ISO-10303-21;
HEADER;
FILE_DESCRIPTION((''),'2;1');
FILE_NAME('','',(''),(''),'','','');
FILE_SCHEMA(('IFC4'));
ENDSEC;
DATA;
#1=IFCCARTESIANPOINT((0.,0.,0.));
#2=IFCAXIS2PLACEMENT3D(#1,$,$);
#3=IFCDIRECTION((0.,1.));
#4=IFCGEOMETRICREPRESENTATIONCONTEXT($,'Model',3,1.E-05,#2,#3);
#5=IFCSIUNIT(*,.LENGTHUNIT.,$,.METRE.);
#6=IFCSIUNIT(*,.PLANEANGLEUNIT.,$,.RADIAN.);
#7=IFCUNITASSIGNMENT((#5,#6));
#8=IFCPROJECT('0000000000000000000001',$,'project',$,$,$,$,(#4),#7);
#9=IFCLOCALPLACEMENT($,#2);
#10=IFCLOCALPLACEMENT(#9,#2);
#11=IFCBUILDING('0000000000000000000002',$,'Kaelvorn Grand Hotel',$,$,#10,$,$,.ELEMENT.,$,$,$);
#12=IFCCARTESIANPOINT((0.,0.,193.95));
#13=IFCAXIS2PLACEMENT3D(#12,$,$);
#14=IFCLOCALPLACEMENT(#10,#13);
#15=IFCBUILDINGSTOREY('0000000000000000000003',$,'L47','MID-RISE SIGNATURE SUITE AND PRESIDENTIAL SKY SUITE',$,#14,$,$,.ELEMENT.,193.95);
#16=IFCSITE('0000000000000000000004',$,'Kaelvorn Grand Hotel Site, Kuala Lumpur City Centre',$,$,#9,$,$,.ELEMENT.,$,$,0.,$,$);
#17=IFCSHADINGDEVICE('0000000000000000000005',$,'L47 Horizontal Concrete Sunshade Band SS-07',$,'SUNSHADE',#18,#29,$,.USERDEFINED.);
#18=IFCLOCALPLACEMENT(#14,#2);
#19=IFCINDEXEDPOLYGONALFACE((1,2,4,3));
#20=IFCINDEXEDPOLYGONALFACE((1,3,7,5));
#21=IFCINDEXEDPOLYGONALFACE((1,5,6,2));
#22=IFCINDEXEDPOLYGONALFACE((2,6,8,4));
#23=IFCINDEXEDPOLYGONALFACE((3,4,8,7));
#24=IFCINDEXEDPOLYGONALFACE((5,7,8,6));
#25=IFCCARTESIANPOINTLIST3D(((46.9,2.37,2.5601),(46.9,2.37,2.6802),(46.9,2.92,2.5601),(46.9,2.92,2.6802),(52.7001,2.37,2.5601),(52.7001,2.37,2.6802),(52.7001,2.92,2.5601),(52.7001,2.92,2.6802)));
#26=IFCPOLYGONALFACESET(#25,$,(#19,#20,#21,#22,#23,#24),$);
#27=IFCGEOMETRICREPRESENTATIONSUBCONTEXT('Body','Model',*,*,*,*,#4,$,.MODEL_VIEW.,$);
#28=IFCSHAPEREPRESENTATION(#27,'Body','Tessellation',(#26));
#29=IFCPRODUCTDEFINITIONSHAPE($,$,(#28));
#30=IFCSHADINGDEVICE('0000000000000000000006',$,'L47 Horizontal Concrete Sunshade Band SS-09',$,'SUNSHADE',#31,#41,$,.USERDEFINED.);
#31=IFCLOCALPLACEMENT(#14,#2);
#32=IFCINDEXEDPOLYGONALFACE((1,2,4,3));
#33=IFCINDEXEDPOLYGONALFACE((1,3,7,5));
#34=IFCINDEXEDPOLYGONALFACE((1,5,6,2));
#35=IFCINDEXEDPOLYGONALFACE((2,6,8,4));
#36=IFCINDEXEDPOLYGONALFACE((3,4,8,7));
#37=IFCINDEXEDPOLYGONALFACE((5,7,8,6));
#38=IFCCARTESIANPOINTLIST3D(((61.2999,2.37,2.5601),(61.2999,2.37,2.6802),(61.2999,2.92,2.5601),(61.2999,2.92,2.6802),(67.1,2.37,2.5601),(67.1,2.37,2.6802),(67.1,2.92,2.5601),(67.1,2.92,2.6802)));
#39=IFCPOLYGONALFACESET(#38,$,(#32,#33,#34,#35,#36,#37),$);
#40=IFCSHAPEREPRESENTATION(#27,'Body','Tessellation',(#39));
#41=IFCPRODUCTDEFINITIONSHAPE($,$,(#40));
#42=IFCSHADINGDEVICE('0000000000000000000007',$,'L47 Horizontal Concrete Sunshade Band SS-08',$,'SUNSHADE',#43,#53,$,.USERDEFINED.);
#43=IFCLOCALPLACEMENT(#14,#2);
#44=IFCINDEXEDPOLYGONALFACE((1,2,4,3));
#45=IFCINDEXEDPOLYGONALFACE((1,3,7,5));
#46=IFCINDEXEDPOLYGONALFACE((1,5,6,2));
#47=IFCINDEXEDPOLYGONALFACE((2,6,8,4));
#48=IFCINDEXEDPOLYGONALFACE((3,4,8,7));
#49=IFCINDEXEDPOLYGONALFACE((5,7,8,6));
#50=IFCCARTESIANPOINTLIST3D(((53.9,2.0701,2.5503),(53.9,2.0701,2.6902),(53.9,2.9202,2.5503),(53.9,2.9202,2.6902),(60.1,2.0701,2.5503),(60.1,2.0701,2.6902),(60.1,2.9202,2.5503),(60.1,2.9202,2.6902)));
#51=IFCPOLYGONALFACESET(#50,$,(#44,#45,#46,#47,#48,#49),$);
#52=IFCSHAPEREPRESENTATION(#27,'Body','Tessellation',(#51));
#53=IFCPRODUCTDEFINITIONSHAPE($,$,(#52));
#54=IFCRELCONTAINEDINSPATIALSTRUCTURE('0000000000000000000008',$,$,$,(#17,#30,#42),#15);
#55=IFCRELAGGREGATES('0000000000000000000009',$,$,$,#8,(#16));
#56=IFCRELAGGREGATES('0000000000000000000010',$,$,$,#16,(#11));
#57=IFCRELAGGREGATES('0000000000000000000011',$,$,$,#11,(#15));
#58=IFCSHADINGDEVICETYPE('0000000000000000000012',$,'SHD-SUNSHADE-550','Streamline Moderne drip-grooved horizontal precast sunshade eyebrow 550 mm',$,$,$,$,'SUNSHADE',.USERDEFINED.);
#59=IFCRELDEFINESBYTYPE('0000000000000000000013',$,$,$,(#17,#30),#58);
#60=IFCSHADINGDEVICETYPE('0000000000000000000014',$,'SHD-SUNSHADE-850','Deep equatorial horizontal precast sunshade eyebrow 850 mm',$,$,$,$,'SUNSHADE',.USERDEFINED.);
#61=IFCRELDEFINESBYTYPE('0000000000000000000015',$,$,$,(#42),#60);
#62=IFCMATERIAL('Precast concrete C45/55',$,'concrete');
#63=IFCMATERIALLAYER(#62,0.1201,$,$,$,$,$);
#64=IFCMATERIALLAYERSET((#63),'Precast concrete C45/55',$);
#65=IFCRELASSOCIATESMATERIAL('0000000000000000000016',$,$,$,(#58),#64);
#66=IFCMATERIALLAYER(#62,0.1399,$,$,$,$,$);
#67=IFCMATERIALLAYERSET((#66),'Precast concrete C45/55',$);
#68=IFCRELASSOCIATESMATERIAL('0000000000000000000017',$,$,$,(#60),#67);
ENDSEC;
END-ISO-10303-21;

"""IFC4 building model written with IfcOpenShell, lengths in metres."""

from ifc_helpers import new_model, si_unit, direction, frame, origin, origin_2d, place, context, subcontext, project, spatial, rectangle, extrude, material, layer, layer_set, type_object, element, save


model = new_model("IFC4")

# Units and contexts
model_context = context("Model", 3, precision=1e-05, world=origin(), true_north=direction((0.0, 1.0)))
body_context = subcontext(model_context, "Body", "Model", "MODEL_VIEW")
ifc_project = project(units=[si_unit("LENGTHUNIT", "METRE"), si_unit("PLANEANGLEUNIT", "RADIAN")], contexts=[model_context])

# Site, building, storey
site_placement = place(None, origin())
site = spatial("IfcSite", under=ifc_project, at=site_placement, Name="Kaelvorn Grand Hotel Site, Kuala Lumpur City Centre", CompositionType="ELEMENT", RefElevation=0.0)
building_placement = place(site_placement, origin())
building = spatial("IfcBuilding", under=site, at=building_placement, Name="Kaelvorn Grand Hotel", CompositionType="ELEMENT")
storey_placement = place(building_placement, frame((0.0, 0.0, 193.95)))
storey = spatial("IfcBuildingStorey", under=building, at=storey_placement, Name="L47", Description="MID-RISE SIGNATURE SUITE AND PRESIDENTIAL SKY SUITE", CompositionType="ELEMENT", Elevation=193.95)

# Shading devices
ifc_material_1 = material(Name="Precast concrete C45/55", Category="concrete")
ifc_layer_1 = layer(ifc_material_1, 0.1201)
ifc_layer_set_1 = layer_set([ifc_layer_1], Name="Precast concrete C45/55")
shading_device_type_1 = type_object("IfcShadingDeviceType", Name="SHD-SUNSHADE-550", Description="Streamline Moderne drip-grooved horizontal precast sunshade eyebrow 550 mm", ElementType="SUNSHADE", PredefinedType="USERDEFINED", material=ifc_layer_set_1)
for number, where, z_axis, x_axis, name in (
    (1, (49.8, 2.645, 2.5601), (0.0, 0.0, 1.0), (1.0, 0.0, 0.0), "L47 Horizontal Concrete Sunshade Band SS-07"),
    (2, (64.2, 2.645, 2.5601), (0.0, 0.0, 1.0), (1.0, 0.0, 0.0), "L47 Horizontal Concrete Sunshade Band SS-09"),
):
    element("IfcShadingDevice", number, at=place(storey_placement, frame(where, z_axis=z_axis, x_axis=x_axis)), inside=storey, type_object=shading_device_type_1, Name=name, ObjectType="SUNSHADE", PredefinedType="USERDEFINED", context=body_context, shape_type="SweptSolid", body=[
        extrude(rectangle(XDim=5.8, YDim=0.55, at=origin_2d()), origin(), (0.0, 0.0, 1.0), 0.1201),
    ])
ifc_layer_2 = layer(ifc_material_1, 0.1399)
ifc_layer_set_2 = layer_set([ifc_layer_2], Name="Precast concrete C45/55")
shading_device_type_2 = type_object("IfcShadingDeviceType", Name="SHD-SUNSHADE-850", Description="Deep equatorial horizontal precast sunshade eyebrow 850 mm", ElementType="SUNSHADE", PredefinedType="USERDEFINED", material=ifc_layer_set_2)
shading_device_placement = place(storey_placement, frame((57.0, 2.4951, 2.5503), z_axis=(0.0, 0.0, 1.0), x_axis=(1.0, 0.0, 0.0)))
element("IfcShadingDevice", 3, at=shading_device_placement, inside=storey, type_object=shading_device_type_2, Name="L47 Horizontal Concrete Sunshade Band SS-08", ObjectType="SUNSHADE", PredefinedType="USERDEFINED", context=body_context, shape_type="SweptSolid", body=[
    extrude(rectangle(XDim=6.2, YDim=0.8501, at=origin_2d()), origin(), (0.0, 0.0, 1.0), 0.1399),
])

save(model, "model.ifc")
